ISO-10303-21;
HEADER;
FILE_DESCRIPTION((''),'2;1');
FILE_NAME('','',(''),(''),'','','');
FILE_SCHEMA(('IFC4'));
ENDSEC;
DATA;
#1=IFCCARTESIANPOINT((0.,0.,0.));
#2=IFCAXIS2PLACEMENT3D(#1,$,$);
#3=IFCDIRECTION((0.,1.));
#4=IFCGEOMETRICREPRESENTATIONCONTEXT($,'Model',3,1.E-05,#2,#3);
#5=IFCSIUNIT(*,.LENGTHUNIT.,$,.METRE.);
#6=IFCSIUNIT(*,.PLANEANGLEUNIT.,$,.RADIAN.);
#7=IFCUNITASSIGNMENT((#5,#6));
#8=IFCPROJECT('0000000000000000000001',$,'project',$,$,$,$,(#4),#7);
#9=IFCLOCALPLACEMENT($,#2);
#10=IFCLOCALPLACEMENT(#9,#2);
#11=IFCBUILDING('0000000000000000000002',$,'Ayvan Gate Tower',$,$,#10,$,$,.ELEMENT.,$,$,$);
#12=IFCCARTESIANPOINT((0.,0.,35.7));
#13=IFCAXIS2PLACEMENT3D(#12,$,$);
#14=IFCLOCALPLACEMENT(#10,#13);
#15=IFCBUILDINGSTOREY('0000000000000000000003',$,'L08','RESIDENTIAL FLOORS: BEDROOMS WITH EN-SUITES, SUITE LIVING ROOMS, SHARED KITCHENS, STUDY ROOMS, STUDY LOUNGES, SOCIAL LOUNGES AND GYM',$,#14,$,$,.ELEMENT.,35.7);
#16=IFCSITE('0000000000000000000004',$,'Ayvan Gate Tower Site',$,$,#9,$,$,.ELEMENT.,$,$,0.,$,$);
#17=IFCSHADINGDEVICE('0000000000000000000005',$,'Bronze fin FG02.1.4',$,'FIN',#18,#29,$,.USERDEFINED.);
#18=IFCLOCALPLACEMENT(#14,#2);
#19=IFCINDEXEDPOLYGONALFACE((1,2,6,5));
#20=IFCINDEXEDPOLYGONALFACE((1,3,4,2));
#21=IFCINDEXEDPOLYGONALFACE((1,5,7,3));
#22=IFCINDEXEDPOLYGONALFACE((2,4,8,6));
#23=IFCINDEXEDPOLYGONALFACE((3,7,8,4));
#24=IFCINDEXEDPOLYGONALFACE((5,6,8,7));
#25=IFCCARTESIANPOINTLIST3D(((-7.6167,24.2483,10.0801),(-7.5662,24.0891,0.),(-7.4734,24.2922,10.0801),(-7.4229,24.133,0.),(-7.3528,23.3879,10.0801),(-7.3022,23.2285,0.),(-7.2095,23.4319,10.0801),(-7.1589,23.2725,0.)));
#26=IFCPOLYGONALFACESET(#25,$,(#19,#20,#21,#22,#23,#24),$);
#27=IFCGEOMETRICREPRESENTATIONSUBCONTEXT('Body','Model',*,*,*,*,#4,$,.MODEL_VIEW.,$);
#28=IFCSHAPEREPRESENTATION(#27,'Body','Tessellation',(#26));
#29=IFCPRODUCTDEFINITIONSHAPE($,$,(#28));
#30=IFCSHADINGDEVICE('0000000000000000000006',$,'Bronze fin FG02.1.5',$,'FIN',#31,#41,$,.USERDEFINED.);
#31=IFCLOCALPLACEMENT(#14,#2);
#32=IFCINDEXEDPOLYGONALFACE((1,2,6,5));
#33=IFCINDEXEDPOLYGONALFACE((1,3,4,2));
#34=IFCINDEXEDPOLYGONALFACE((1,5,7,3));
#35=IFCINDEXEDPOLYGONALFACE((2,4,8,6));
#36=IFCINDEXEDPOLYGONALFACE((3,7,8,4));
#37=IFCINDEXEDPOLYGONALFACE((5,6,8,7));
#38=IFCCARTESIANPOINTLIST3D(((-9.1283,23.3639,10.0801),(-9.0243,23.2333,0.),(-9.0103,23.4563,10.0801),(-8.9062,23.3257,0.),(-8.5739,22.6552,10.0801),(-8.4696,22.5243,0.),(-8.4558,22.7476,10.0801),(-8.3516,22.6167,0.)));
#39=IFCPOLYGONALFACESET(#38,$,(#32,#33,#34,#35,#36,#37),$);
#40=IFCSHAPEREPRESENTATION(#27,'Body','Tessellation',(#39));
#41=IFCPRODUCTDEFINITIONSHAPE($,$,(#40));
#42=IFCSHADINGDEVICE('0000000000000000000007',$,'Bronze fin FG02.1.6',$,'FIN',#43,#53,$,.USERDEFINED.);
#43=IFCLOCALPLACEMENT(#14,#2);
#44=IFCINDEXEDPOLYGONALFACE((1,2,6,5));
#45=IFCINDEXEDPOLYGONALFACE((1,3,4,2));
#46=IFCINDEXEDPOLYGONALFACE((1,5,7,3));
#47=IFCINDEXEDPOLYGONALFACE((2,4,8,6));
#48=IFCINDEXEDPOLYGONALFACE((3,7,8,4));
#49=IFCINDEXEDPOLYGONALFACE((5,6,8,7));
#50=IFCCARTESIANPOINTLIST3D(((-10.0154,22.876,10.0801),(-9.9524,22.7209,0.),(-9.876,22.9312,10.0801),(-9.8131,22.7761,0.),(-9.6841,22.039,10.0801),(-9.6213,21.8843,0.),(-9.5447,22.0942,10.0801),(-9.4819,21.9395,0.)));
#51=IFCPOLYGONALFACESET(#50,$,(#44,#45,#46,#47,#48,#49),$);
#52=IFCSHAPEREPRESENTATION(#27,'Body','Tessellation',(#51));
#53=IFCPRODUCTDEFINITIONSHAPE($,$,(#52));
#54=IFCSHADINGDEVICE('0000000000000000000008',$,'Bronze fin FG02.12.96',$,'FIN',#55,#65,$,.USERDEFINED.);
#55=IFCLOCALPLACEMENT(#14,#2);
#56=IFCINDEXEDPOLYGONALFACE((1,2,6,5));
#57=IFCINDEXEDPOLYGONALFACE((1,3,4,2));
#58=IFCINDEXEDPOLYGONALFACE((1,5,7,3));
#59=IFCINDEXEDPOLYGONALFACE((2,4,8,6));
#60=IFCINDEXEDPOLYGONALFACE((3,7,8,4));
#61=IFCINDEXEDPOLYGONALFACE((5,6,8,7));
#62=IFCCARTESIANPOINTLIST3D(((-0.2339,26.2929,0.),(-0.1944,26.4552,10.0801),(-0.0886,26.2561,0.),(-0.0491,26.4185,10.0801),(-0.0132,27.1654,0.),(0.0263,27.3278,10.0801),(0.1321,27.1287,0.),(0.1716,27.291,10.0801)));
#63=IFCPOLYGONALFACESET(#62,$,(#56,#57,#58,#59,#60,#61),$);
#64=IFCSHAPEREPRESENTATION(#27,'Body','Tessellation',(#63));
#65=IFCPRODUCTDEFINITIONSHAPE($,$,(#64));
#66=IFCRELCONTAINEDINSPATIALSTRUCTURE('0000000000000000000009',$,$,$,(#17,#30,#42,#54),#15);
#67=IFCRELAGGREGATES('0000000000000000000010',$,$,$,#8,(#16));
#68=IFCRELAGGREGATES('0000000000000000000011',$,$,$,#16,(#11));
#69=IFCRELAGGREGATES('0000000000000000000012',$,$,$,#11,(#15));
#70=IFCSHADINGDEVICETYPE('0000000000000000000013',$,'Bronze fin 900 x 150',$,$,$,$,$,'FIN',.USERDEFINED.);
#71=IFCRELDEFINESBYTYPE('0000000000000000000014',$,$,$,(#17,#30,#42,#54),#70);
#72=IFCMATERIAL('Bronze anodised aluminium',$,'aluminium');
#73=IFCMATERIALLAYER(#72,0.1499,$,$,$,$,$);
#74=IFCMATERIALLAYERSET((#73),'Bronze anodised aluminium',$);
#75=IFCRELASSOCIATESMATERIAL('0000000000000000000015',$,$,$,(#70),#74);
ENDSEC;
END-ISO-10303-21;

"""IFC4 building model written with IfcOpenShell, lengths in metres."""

from ifc_helpers import new_model, si_unit, direction, frame, origin, place, context, subcontext, project, spatial, polyline, outline, extrude, material, layer, layer_set, type_object, element, save


model = new_model("IFC4")

# Units and contexts
model_context = context("Model", 3, precision=1e-05, world=origin(), true_north=direction((0.0, 1.0)))
body_context = subcontext(model_context, "Body", "Model", "MODEL_VIEW")
ifc_project = project(units=[si_unit("LENGTHUNIT", "METRE"), si_unit("PLANEANGLEUNIT", "RADIAN")], contexts=[model_context])

# Site, building, storey
site_placement = place(None, origin())
site = spatial("IfcSite", under=ifc_project, at=site_placement, Name="Ayvan Gate Tower Site", CompositionType="ELEMENT", RefElevation=0.0)
building_placement = place(site_placement, origin())
building = spatial("IfcBuilding", under=site, at=building_placement, Name="Ayvan Gate Tower", CompositionType="ELEMENT")
storey_placement = place(building_placement, frame((0.0, 0.0, 35.7)))
storey = spatial("IfcBuildingStorey", under=building, at=storey_placement, Name="L08", Description="RESIDENTIAL FLOORS: BEDROOMS WITH EN-SUITES, SUITE LIVING ROOMS, SHARED KITCHENS, STUDY ROOMS, STUDY LOUNGES, SOCIAL LOUNGES AND GYM", CompositionType="ELEMENT", Elevation=35.7)

# Shared definitions
ifc_material_1 = material(Name="Bronze anodised aluminium", Category="aluminium")

# Shading devices
ifc_layer_1 = layer(ifc_material_1, 0.1499)
ifc_layer_set_1 = layer_set([ifc_layer_1], Name="Bronze anodised aluminium")
shading_device_type = type_object("IfcShadingDeviceType", Name="Bronze fin 900 x 150", ElementType="FIN", PredefinedType="USERDEFINED", material=ifc_layer_set_1)
shading_device_1_placement = place(storey_placement, frame((-7.1589, 23.2725, 0.0), z_axis=(0.956043, 0.293228, 0.000159), x_axis=(-0.293228, 0.956043, 0.0)))
element("IfcShadingDevice", 1, at=shading_device_1_placement, inside=storey, type_object=shading_device_type, Name="Bronze fin FG02.1.4", ObjectType="FIN", PredefinedType="USERDEFINED", context=body_context, shape_type="SweptSolid", body=[
    extrude(outline(polyline([(0.0, 0.0), (0.9002, 0.0), (1.0672, 10.0801), (0.1672, 10.0801), (0.0, 0.0)])), origin(), (0.0, 0.0, -1.0), 0.1499),
])
shading_device_2_placement = place(storey_placement, frame((-8.3516, 22.6167, 0.0), z_axis=(0.787611, 0.616173, 0.000144), x_axis=(-0.616173, 0.787611, 0.0)))
element("IfcShadingDevice", 2, at=shading_device_2_placement, inside=storey, type_object=shading_device_type, Name="Bronze fin FG02.1.5", ObjectType="FIN", PredefinedType="USERDEFINED", context=body_context, shape_type="SweptSolid", body=[
    extrude(outline(polyline([(0.0, 0.0), (0.9002, 0.0), (1.0671, 10.0801), (0.1673, 10.0801), (0.0, 0.0)])), origin(), (0.0, 0.0, -1.0), 0.1499),
])
shading_device_3_placement = place(storey_placement, frame((-9.4819, 21.9395, 0.0), z_axis=(0.929827, 0.367997, 0.000144), x_axis=(-0.367997, 0.929827, 0.0)))
element("IfcShadingDevice", 3, at=shading_device_3_placement, inside=storey, type_object=shading_device_type, Name="Bronze fin FG02.1.6", ObjectType="FIN", PredefinedType="USERDEFINED", context=body_context, shape_type="SweptSolid", body=[
    extrude(outline(polyline([(0.0, 0.0), (0.8998, 0.0), (1.0671, 10.0801), (0.167, 10.0801), (0.0, 0.0)])), origin(), (0.0, 0.0, -1.0), 0.1499),
])
shading_device_4_placement = place(storey_placement, frame((-0.0886, 26.2561, 0.0), z_axis=(0.969469, -0.245215, 0.000146), x_axis=(0.245215, 0.969469, 0.0)))
element("IfcShadingDevice", 4, at=shading_device_4_placement, inside=storey, type_object=shading_device_type, Name="Bronze fin FG02.12.96", ObjectType="FIN", PredefinedType="USERDEFINED", context=body_context, shape_type="SweptSolid", body=[
    extrude(outline(polyline([(0.0, 0.0), (0.9, 0.0), (1.0671, 10.0801), (0.1671, 10.0801), (0.0, 0.0)])), origin(), (0.0, 0.0, -1.0), 0.1499),
])

save(model, "model.ifc")
